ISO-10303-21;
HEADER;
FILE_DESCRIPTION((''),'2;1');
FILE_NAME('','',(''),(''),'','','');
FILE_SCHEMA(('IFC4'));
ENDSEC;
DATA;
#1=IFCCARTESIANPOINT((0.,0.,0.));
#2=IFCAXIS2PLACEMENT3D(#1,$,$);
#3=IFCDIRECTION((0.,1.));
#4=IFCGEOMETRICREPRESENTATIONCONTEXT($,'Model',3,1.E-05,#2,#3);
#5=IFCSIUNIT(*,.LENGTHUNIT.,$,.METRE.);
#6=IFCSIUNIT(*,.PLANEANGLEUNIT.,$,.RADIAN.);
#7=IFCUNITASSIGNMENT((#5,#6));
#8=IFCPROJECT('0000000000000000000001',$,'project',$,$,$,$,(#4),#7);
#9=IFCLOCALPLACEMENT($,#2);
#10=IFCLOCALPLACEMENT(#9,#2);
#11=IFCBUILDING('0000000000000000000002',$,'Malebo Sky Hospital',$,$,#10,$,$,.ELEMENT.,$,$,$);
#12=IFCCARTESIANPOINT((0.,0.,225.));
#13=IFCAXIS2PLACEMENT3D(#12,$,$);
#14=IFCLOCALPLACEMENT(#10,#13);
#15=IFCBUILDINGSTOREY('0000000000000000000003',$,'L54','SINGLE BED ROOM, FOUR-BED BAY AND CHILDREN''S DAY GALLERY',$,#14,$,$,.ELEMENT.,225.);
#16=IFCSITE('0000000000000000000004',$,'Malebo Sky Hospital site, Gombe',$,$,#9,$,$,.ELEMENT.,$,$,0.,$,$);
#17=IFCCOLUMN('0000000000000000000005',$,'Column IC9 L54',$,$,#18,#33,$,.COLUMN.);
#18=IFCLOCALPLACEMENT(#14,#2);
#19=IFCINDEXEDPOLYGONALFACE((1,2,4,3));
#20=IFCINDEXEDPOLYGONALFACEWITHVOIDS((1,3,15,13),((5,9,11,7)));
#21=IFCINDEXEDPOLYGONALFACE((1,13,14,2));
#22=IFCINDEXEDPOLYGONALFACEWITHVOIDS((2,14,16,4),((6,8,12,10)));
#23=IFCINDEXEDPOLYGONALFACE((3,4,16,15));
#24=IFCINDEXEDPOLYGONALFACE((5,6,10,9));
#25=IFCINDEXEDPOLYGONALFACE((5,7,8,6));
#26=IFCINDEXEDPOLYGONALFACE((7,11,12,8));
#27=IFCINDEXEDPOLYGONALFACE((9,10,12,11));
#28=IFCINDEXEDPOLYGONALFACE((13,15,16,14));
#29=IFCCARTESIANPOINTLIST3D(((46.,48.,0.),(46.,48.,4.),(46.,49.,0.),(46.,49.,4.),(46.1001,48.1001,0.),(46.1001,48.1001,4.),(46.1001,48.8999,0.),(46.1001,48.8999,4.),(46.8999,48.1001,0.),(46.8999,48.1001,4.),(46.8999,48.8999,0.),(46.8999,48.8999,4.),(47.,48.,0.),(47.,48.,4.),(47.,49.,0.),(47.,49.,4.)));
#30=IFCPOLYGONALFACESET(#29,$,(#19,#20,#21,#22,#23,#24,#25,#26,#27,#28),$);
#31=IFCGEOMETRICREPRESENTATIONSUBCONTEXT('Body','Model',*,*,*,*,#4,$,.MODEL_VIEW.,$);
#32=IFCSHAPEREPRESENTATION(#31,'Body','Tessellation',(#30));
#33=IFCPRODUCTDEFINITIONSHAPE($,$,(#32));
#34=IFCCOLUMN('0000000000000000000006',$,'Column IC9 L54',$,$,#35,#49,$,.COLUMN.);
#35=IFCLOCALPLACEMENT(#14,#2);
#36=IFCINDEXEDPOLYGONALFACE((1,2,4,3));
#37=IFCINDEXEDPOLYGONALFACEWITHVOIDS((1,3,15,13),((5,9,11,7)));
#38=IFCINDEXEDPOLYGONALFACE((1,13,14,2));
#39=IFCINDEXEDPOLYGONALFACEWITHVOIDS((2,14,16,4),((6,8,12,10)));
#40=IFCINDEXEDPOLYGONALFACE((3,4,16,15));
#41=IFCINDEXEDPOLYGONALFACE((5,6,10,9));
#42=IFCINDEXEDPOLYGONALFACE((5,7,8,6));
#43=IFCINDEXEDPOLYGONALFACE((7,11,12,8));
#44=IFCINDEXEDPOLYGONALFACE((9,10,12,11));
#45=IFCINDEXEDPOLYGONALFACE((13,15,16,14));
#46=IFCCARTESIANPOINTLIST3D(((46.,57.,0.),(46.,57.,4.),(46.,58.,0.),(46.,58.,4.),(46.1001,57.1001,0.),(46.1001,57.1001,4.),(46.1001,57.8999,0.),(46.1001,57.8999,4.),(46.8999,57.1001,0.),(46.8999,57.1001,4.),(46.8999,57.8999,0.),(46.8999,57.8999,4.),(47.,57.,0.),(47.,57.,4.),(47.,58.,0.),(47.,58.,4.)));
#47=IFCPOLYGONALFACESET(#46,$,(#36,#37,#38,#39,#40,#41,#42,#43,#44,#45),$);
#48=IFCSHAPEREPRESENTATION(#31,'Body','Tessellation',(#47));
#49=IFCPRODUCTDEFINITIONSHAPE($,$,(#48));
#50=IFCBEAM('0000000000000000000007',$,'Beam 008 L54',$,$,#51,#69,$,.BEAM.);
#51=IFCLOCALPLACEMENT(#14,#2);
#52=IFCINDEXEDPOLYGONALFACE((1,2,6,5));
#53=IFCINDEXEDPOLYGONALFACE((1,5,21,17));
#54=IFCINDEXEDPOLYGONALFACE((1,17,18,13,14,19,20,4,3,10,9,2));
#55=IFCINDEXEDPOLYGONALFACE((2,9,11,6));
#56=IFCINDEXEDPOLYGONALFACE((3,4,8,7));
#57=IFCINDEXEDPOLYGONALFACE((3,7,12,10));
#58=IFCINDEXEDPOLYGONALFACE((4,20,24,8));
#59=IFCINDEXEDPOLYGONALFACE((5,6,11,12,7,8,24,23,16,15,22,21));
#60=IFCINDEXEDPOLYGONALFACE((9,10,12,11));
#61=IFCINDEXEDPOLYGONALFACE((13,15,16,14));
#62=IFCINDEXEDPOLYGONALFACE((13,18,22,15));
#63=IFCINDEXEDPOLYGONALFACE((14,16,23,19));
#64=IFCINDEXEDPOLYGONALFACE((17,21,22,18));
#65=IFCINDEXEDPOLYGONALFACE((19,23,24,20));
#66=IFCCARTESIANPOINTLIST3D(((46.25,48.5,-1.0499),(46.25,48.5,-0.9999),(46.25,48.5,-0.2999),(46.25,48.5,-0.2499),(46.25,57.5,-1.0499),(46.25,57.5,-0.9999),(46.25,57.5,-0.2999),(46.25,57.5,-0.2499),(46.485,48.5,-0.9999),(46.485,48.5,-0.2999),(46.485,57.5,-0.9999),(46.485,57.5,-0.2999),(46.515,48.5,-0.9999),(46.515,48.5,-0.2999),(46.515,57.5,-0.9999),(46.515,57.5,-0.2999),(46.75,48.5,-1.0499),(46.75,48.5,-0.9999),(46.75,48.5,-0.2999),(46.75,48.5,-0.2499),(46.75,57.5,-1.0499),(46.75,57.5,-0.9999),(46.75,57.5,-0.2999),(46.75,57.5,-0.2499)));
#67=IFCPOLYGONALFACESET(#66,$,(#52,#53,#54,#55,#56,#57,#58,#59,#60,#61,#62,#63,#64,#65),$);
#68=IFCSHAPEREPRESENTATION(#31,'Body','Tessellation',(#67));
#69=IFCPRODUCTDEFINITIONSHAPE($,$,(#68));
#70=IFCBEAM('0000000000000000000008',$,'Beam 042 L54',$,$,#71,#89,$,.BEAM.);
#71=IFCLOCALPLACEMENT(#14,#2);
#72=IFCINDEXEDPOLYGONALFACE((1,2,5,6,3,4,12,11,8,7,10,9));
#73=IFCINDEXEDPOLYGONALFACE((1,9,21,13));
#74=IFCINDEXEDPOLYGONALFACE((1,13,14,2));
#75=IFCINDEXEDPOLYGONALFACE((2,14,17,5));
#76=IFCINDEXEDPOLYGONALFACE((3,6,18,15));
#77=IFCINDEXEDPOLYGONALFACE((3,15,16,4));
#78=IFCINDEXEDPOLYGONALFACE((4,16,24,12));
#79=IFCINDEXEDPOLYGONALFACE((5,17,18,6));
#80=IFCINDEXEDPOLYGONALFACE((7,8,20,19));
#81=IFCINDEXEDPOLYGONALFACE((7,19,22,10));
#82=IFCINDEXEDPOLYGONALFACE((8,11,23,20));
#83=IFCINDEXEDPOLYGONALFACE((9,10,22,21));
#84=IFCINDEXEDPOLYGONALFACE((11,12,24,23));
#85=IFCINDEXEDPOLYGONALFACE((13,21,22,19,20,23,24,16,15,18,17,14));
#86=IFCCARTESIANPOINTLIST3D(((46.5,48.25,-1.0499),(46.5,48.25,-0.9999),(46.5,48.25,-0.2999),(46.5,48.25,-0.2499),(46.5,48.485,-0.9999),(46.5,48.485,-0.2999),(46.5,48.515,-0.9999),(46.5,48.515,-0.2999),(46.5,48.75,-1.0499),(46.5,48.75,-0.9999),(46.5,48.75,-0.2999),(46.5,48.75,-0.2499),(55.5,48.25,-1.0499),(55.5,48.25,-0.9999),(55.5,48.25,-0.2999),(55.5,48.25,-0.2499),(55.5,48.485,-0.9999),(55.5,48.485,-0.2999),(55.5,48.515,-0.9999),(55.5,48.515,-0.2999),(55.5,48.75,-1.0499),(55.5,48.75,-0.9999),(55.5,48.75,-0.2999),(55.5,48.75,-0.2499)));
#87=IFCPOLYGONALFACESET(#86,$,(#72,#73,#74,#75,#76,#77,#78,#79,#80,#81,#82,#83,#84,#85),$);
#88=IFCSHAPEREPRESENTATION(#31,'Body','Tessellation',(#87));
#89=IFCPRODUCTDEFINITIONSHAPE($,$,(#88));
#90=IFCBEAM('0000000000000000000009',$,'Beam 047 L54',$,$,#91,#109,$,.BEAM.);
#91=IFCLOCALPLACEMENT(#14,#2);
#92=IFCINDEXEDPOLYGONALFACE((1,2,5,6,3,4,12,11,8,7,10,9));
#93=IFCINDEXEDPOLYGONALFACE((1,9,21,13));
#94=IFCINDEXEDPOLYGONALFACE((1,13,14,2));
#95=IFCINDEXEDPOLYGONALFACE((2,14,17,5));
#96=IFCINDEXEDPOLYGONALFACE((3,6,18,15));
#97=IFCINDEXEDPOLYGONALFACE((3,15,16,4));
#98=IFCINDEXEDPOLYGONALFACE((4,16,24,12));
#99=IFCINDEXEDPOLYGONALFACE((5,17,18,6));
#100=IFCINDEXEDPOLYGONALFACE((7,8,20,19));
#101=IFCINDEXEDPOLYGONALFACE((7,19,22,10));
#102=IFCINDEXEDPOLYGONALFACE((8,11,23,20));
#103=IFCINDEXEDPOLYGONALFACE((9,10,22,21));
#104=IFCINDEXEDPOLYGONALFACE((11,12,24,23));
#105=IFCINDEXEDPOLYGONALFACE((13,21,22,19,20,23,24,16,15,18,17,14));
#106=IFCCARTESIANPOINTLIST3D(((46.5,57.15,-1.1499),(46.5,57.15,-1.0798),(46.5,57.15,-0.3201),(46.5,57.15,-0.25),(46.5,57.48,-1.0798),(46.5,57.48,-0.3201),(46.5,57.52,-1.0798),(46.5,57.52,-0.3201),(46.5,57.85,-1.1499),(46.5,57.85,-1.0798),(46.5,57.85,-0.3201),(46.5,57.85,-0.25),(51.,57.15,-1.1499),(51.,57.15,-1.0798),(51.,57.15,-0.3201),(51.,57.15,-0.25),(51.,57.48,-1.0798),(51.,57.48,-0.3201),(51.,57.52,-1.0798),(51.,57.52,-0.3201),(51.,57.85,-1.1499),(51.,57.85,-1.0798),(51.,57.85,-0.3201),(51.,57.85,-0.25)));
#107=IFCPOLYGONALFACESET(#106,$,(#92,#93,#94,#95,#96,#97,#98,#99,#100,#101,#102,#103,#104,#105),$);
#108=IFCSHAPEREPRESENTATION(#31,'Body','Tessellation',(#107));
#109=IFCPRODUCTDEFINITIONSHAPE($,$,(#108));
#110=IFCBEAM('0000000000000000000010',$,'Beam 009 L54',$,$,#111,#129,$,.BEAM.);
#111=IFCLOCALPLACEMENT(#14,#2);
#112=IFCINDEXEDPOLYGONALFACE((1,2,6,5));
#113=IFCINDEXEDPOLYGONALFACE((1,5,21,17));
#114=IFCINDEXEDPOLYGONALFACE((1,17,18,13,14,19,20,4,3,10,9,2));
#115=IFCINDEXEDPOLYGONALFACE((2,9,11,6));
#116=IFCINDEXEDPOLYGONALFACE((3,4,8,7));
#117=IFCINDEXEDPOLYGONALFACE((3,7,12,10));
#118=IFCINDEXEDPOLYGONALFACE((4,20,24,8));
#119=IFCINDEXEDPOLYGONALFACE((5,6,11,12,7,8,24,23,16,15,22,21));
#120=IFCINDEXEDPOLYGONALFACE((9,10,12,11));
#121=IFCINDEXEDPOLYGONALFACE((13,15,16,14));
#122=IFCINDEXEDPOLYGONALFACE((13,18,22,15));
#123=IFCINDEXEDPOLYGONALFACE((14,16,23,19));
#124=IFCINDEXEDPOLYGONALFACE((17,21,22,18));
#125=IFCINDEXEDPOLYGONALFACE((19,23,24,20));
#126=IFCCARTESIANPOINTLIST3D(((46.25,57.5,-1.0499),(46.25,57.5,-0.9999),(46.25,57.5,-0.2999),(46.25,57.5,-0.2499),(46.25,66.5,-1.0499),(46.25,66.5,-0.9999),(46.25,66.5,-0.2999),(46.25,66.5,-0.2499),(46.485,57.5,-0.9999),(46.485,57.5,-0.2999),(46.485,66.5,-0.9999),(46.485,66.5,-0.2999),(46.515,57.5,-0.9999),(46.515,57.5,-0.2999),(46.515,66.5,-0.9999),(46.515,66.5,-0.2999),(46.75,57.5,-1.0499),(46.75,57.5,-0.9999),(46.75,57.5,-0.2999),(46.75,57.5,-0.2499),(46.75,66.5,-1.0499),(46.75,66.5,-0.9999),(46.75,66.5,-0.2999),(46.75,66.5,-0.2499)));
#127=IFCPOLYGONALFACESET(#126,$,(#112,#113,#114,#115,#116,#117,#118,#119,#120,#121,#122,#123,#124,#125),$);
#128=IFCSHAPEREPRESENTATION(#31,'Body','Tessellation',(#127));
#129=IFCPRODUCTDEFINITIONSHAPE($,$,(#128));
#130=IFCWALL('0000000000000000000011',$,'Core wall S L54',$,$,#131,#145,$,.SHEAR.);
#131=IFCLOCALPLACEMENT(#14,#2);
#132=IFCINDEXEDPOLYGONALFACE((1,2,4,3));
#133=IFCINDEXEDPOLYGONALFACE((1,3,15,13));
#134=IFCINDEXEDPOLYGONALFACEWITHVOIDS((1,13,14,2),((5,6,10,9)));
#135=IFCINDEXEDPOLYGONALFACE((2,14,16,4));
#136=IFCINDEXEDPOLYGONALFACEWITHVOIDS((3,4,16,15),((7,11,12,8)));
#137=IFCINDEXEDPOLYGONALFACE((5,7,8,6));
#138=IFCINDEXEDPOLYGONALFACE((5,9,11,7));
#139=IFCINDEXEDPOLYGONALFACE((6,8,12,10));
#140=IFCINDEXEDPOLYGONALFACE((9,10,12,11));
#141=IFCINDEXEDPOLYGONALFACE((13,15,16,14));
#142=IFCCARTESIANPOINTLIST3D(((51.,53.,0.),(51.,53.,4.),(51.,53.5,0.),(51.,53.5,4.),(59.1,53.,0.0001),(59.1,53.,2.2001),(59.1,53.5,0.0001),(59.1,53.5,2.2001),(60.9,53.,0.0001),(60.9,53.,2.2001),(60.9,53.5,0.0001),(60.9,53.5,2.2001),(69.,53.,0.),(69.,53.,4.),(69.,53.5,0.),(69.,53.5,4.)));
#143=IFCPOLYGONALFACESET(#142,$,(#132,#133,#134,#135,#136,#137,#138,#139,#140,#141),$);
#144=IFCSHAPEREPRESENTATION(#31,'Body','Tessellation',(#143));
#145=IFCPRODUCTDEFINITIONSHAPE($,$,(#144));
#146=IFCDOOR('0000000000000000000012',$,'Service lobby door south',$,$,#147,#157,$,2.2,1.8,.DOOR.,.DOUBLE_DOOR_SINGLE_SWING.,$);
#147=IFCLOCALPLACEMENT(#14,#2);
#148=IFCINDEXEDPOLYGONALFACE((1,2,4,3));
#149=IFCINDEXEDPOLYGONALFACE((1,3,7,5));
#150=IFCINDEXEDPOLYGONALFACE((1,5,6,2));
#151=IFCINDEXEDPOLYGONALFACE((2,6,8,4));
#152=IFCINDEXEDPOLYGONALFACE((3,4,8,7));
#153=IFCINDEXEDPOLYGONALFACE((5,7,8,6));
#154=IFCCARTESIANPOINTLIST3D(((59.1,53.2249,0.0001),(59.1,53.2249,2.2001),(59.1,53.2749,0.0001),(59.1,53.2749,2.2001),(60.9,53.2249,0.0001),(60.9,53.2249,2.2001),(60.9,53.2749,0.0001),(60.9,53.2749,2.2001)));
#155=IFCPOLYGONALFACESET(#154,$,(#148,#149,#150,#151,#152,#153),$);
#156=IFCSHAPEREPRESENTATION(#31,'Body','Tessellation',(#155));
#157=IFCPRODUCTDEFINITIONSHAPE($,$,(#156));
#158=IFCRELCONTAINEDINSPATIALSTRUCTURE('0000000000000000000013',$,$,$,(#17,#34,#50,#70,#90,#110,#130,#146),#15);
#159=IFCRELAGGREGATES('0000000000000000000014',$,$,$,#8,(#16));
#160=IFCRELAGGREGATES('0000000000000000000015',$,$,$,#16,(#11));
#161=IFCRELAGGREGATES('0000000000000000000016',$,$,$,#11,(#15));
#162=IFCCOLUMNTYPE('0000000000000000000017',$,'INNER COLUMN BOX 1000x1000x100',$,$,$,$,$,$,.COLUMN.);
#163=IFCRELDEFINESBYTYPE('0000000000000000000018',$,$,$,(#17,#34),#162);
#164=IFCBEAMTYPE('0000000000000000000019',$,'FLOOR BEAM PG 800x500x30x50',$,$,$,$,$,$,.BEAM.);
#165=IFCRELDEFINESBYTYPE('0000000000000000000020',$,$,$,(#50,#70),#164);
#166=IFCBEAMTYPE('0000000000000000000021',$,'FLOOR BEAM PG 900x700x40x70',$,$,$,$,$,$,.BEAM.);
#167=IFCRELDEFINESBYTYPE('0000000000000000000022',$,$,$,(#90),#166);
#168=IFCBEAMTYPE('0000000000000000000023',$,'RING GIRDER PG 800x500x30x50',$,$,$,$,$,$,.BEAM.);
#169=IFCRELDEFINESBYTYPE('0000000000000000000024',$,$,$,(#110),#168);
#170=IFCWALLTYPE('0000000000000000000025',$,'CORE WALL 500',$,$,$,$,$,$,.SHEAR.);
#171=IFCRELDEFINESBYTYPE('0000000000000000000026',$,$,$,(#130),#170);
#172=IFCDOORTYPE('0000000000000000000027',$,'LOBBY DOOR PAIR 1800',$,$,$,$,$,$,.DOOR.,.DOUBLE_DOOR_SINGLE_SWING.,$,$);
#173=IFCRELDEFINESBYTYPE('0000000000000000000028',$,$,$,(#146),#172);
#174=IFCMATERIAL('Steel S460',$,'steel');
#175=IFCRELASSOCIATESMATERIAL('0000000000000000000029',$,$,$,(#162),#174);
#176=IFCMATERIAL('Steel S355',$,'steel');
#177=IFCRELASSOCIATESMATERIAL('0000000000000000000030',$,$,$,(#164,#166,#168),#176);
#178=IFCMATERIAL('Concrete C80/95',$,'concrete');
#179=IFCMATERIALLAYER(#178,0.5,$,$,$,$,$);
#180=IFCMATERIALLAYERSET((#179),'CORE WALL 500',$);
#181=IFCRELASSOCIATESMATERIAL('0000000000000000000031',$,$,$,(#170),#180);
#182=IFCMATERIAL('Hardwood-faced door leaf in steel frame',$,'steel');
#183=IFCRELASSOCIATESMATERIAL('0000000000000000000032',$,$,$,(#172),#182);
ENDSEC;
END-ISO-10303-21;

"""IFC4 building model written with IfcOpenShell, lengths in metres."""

from ifc_helpers import new_model, si_unit, direction, frame, frame_2d, origin, origin_2d, place, context, subcontext, project, spatial, rectangle, hollow_rectangle, i_section, extrude, material, layer, layer_set, material_profile, profile_set, type_object, element, fill, save


model = new_model("IFC4")

# Units and contexts
model_context = context("Model", 3, precision=1e-05, world=origin(), true_north=direction((0.0, 1.0)))
body_context = subcontext(model_context, "Body", "Model", "MODEL_VIEW")
ifc_project = project(units=[si_unit("LENGTHUNIT", "METRE"), si_unit("PLANEANGLEUNIT", "RADIAN")], contexts=[model_context])

# Site, building, storey
site_placement = place(None, origin())
site = spatial("IfcSite", under=ifc_project, at=site_placement, Name="Malebo Sky Hospital site, Gombe", CompositionType="ELEMENT", RefElevation=0.0)
building_placement = place(site_placement, origin())
building = spatial("IfcBuilding", under=site, at=building_placement, Name="Malebo Sky Hospital", CompositionType="ELEMENT")
storey_placement = place(building_placement, frame((0.0, 0.0, 225.0)))
storey = spatial("IfcBuildingStorey", under=building, at=storey_placement, Name="L54", Description="SINGLE BED ROOM, FOUR-BED BAY AND CHILDREN'S DAY GALLERY", CompositionType="ELEMENT", Elevation=225.0)

# Columns
ifc_material_1 = material(Name="Steel S460", Category="steel")
ifc_material_profile_1 = material_profile(ifc_material_1, hollow_rectangle(XDim=1.0, YDim=1.0, WallThickness=0.1001, at=origin_2d()), Name="BOX 1000x1000x100")
ifc_profile_set_1 = profile_set([ifc_material_profile_1], Name="Steel S460")
column_type = type_object("IfcColumnType", Name="INNER COLUMN BOX 1000x1000x100", PredefinedType="COLUMN", material=ifc_profile_set_1)
for number, where, z_axis, x_axis, name in (
    (1, (46.5, 48.5, 0.0), (0.0, 0.0, 1.0), (1.0, 0.0, 0.0), "Column IC9 L54"),
    (2, (46.5, 57.5, 0.0), (0.0, 0.0, 1.0), (1.0, 0.0, 0.0), "Column IC9 L54"),
):
    element("IfcColumn", number, at=place(storey_placement, frame(where, z_axis=z_axis, x_axis=x_axis)), inside=storey, type_object=column_type, Name=name, PredefinedType="COLUMN", context=body_context, shape_type="SweptSolid", body=[
        extrude(hollow_rectangle(XDim=1.0, YDim=1.0, WallThickness=0.1001, at=origin_2d()), origin(), (0.0, 0.0, 1.0), 4.0),
    ])

# Beams
ifc_material_2 = material(Name="Steel S355", Category="steel")
ifc_material_profile_2 = material_profile(ifc_material_2, i_section(OverallWidth=0.5, OverallDepth=0.8, WebThickness=0.03, FlangeThickness=0.05, at=origin_2d()), Name="PG 800x500x30x50")
ifc_profile_set_2 = profile_set([ifc_material_profile_2], Name="Steel S355")
beam_type_1 = type_object("IfcBeamType", Name="FLOOR BEAM PG 800x500x30x50", PredefinedType="BEAM", material=ifc_profile_set_2)
for number, where, z_axis, x_axis, name in (
    (3, (46.5, 48.5, -0.6499), (0.0, 1.0, 0.0), (-1.0, 0.0, 0.0), "Beam 008 L54"),
    (4, (46.5, 48.5, -0.6499), (1.0, 0.0, 0.0), (0.0, 1.0, 0.0), "Beam 042 L54"),
):
    element("IfcBeam", number, at=place(storey_placement, frame(where, z_axis=z_axis, x_axis=x_axis)), inside=storey, type_object=beam_type_1, Name=name, PredefinedType="BEAM", context=body_context, shape_type="SweptSolid", body=[
        extrude(i_section(OverallWidth=0.5, OverallDepth=0.8, WebThickness=0.03, FlangeThickness=0.05, at=origin_2d()), origin(), (0.0, 0.0, 1.0), 9.0),
    ])
ifc_material_profile_3 = material_profile(ifc_material_2, i_section(OverallWidth=0.7, OverallDepth=0.8999, WebThickness=0.04, FlangeThickness=0.0701, at=origin_2d()), Name="PG 900x700x40x70")
ifc_profile_set_3 = profile_set([ifc_material_profile_3], Name="Steel S355")
beam_type_2 = type_object("IfcBeamType", Name="FLOOR BEAM PG 900x700x40x70", PredefinedType="BEAM", material=ifc_profile_set_3)
beam_1_placement = place(storey_placement, frame((46.5, 57.5, -0.7), z_axis=(1.0, 0.0, 0.0), x_axis=(0.0, 1.0, 0.0)))
element("IfcBeam", 5, at=beam_1_placement, inside=storey, type_object=beam_type_2, Name="Beam 047 L54", PredefinedType="BEAM", context=body_context, shape_type="SweptSolid", body=[
    extrude(i_section(OverallWidth=0.7, OverallDepth=0.8999, WebThickness=0.04, FlangeThickness=0.0701, at=origin_2d()), origin(), (0.0, 0.0, 1.0), 4.5),
])
ifc_material_profile_4 = material_profile(ifc_material_2, i_section(OverallWidth=0.5, OverallDepth=0.8, WebThickness=0.03, FlangeThickness=0.05, at=origin_2d()), Name="PG 800x500x30x50")
ifc_profile_set_4 = profile_set([ifc_material_profile_4], Name="Steel S355")
beam_type_3 = type_object("IfcBeamType", Name="RING GIRDER PG 800x500x30x50", PredefinedType="BEAM", material=ifc_profile_set_4)
beam_2_placement = place(storey_placement, frame((46.5, 57.5, -0.6499), z_axis=(0.0, 1.0, 0.0), x_axis=(-1.0, 0.0, 0.0)))
element("IfcBeam", 6, at=beam_2_placement, inside=storey, type_object=beam_type_3, Name="Beam 009 L54", PredefinedType="BEAM", context=body_context, shape_type="SweptSolid", body=[
    extrude(i_section(OverallWidth=0.5, OverallDepth=0.8, WebThickness=0.03, FlangeThickness=0.05, at=origin_2d()), origin(), (0.0, 0.0, 1.0), 9.0),
])

# Wall, opening, door
ifc_material_3 = material(Name="Concrete C80/95", Category="concrete")
ifc_layer_1 = layer(ifc_material_3, 0.5)
ifc_layer_set_1 = layer_set([ifc_layer_1], Name="CORE WALL 500")
wall_type_1 = type_object("IfcWallType", Name="CORE WALL 500", PredefinedType="SHEAR", material=ifc_layer_set_1)
wall_1_placement = place(storey_placement, frame((51.0, 53.25, 0.0), z_axis=(0.0, 0.0, 1.0), x_axis=(1.0, 0.0, 0.0)))
wall_1 = element("IfcWall", 7, at=wall_1_placement, inside=storey, type_object=wall_type_1, Name="Core wall S L54", PredefinedType="SHEAR", context=body_context, shape_type="SweptSolid", body=[
    extrude(rectangle(XDim=18.0, YDim=0.5, at=frame_2d((9.0, 0.0))), origin(), (0.0, 0.0, 1.0), 4.0),
])
opening_1_placement = place(wall_1_placement, frame((8.1001, 0.0, 0.0)))
opening_1 = element("IfcOpeningElement", 8, at=opening_1_placement, cuts=wall_1, PredefinedType="OPENING", context=body_context, shape_type="SweptSolid", body=[
    extrude(rectangle(XDim=1.8, YDim=2.2, at=frame_2d((0.8999, 1.1001))), frame((0.0, 0.26, 0.0), z_axis=(0.0, -1.0, 0.0), x_axis=(1.0, 0.0, 0.0)), (0.0, 0.0, 1.0), 0.52),
])
ifc_material_4 = material(Name="Hardwood-faced door leaf in steel frame", Category="steel")
door_type_1 = type_object("IfcDoorType", Name="LOBBY DOOR PAIR 1800", OperationType="DOUBLE_DOOR_SINGLE_SWING", PredefinedType="DOOR", material=ifc_material_4)
door_1_placement = place(opening_1_placement, origin())
door_1 = element("IfcDoor", 9, at=door_1_placement, inside=storey, type_object=door_type_1, Name="Service lobby door south", OperationType="DOUBLE_DOOR_SINGLE_SWING", OverallHeight=2.2, OverallWidth=1.8, PredefinedType="DOOR", context=body_context, shape_type="SweptSolid", body=[
    extrude(rectangle(XDim=1.8, YDim=2.2, at=frame_2d((0.8999, 1.1001))), frame((0.0, 0.0249, 0.0), z_axis=(0.0, -1.0, 0.0), x_axis=(1.0, 0.0, 0.0)), (0.0, 0.0, 1.0), 0.05),
])
fill(opening_1, door_1)

save(model, "model.ifc")
